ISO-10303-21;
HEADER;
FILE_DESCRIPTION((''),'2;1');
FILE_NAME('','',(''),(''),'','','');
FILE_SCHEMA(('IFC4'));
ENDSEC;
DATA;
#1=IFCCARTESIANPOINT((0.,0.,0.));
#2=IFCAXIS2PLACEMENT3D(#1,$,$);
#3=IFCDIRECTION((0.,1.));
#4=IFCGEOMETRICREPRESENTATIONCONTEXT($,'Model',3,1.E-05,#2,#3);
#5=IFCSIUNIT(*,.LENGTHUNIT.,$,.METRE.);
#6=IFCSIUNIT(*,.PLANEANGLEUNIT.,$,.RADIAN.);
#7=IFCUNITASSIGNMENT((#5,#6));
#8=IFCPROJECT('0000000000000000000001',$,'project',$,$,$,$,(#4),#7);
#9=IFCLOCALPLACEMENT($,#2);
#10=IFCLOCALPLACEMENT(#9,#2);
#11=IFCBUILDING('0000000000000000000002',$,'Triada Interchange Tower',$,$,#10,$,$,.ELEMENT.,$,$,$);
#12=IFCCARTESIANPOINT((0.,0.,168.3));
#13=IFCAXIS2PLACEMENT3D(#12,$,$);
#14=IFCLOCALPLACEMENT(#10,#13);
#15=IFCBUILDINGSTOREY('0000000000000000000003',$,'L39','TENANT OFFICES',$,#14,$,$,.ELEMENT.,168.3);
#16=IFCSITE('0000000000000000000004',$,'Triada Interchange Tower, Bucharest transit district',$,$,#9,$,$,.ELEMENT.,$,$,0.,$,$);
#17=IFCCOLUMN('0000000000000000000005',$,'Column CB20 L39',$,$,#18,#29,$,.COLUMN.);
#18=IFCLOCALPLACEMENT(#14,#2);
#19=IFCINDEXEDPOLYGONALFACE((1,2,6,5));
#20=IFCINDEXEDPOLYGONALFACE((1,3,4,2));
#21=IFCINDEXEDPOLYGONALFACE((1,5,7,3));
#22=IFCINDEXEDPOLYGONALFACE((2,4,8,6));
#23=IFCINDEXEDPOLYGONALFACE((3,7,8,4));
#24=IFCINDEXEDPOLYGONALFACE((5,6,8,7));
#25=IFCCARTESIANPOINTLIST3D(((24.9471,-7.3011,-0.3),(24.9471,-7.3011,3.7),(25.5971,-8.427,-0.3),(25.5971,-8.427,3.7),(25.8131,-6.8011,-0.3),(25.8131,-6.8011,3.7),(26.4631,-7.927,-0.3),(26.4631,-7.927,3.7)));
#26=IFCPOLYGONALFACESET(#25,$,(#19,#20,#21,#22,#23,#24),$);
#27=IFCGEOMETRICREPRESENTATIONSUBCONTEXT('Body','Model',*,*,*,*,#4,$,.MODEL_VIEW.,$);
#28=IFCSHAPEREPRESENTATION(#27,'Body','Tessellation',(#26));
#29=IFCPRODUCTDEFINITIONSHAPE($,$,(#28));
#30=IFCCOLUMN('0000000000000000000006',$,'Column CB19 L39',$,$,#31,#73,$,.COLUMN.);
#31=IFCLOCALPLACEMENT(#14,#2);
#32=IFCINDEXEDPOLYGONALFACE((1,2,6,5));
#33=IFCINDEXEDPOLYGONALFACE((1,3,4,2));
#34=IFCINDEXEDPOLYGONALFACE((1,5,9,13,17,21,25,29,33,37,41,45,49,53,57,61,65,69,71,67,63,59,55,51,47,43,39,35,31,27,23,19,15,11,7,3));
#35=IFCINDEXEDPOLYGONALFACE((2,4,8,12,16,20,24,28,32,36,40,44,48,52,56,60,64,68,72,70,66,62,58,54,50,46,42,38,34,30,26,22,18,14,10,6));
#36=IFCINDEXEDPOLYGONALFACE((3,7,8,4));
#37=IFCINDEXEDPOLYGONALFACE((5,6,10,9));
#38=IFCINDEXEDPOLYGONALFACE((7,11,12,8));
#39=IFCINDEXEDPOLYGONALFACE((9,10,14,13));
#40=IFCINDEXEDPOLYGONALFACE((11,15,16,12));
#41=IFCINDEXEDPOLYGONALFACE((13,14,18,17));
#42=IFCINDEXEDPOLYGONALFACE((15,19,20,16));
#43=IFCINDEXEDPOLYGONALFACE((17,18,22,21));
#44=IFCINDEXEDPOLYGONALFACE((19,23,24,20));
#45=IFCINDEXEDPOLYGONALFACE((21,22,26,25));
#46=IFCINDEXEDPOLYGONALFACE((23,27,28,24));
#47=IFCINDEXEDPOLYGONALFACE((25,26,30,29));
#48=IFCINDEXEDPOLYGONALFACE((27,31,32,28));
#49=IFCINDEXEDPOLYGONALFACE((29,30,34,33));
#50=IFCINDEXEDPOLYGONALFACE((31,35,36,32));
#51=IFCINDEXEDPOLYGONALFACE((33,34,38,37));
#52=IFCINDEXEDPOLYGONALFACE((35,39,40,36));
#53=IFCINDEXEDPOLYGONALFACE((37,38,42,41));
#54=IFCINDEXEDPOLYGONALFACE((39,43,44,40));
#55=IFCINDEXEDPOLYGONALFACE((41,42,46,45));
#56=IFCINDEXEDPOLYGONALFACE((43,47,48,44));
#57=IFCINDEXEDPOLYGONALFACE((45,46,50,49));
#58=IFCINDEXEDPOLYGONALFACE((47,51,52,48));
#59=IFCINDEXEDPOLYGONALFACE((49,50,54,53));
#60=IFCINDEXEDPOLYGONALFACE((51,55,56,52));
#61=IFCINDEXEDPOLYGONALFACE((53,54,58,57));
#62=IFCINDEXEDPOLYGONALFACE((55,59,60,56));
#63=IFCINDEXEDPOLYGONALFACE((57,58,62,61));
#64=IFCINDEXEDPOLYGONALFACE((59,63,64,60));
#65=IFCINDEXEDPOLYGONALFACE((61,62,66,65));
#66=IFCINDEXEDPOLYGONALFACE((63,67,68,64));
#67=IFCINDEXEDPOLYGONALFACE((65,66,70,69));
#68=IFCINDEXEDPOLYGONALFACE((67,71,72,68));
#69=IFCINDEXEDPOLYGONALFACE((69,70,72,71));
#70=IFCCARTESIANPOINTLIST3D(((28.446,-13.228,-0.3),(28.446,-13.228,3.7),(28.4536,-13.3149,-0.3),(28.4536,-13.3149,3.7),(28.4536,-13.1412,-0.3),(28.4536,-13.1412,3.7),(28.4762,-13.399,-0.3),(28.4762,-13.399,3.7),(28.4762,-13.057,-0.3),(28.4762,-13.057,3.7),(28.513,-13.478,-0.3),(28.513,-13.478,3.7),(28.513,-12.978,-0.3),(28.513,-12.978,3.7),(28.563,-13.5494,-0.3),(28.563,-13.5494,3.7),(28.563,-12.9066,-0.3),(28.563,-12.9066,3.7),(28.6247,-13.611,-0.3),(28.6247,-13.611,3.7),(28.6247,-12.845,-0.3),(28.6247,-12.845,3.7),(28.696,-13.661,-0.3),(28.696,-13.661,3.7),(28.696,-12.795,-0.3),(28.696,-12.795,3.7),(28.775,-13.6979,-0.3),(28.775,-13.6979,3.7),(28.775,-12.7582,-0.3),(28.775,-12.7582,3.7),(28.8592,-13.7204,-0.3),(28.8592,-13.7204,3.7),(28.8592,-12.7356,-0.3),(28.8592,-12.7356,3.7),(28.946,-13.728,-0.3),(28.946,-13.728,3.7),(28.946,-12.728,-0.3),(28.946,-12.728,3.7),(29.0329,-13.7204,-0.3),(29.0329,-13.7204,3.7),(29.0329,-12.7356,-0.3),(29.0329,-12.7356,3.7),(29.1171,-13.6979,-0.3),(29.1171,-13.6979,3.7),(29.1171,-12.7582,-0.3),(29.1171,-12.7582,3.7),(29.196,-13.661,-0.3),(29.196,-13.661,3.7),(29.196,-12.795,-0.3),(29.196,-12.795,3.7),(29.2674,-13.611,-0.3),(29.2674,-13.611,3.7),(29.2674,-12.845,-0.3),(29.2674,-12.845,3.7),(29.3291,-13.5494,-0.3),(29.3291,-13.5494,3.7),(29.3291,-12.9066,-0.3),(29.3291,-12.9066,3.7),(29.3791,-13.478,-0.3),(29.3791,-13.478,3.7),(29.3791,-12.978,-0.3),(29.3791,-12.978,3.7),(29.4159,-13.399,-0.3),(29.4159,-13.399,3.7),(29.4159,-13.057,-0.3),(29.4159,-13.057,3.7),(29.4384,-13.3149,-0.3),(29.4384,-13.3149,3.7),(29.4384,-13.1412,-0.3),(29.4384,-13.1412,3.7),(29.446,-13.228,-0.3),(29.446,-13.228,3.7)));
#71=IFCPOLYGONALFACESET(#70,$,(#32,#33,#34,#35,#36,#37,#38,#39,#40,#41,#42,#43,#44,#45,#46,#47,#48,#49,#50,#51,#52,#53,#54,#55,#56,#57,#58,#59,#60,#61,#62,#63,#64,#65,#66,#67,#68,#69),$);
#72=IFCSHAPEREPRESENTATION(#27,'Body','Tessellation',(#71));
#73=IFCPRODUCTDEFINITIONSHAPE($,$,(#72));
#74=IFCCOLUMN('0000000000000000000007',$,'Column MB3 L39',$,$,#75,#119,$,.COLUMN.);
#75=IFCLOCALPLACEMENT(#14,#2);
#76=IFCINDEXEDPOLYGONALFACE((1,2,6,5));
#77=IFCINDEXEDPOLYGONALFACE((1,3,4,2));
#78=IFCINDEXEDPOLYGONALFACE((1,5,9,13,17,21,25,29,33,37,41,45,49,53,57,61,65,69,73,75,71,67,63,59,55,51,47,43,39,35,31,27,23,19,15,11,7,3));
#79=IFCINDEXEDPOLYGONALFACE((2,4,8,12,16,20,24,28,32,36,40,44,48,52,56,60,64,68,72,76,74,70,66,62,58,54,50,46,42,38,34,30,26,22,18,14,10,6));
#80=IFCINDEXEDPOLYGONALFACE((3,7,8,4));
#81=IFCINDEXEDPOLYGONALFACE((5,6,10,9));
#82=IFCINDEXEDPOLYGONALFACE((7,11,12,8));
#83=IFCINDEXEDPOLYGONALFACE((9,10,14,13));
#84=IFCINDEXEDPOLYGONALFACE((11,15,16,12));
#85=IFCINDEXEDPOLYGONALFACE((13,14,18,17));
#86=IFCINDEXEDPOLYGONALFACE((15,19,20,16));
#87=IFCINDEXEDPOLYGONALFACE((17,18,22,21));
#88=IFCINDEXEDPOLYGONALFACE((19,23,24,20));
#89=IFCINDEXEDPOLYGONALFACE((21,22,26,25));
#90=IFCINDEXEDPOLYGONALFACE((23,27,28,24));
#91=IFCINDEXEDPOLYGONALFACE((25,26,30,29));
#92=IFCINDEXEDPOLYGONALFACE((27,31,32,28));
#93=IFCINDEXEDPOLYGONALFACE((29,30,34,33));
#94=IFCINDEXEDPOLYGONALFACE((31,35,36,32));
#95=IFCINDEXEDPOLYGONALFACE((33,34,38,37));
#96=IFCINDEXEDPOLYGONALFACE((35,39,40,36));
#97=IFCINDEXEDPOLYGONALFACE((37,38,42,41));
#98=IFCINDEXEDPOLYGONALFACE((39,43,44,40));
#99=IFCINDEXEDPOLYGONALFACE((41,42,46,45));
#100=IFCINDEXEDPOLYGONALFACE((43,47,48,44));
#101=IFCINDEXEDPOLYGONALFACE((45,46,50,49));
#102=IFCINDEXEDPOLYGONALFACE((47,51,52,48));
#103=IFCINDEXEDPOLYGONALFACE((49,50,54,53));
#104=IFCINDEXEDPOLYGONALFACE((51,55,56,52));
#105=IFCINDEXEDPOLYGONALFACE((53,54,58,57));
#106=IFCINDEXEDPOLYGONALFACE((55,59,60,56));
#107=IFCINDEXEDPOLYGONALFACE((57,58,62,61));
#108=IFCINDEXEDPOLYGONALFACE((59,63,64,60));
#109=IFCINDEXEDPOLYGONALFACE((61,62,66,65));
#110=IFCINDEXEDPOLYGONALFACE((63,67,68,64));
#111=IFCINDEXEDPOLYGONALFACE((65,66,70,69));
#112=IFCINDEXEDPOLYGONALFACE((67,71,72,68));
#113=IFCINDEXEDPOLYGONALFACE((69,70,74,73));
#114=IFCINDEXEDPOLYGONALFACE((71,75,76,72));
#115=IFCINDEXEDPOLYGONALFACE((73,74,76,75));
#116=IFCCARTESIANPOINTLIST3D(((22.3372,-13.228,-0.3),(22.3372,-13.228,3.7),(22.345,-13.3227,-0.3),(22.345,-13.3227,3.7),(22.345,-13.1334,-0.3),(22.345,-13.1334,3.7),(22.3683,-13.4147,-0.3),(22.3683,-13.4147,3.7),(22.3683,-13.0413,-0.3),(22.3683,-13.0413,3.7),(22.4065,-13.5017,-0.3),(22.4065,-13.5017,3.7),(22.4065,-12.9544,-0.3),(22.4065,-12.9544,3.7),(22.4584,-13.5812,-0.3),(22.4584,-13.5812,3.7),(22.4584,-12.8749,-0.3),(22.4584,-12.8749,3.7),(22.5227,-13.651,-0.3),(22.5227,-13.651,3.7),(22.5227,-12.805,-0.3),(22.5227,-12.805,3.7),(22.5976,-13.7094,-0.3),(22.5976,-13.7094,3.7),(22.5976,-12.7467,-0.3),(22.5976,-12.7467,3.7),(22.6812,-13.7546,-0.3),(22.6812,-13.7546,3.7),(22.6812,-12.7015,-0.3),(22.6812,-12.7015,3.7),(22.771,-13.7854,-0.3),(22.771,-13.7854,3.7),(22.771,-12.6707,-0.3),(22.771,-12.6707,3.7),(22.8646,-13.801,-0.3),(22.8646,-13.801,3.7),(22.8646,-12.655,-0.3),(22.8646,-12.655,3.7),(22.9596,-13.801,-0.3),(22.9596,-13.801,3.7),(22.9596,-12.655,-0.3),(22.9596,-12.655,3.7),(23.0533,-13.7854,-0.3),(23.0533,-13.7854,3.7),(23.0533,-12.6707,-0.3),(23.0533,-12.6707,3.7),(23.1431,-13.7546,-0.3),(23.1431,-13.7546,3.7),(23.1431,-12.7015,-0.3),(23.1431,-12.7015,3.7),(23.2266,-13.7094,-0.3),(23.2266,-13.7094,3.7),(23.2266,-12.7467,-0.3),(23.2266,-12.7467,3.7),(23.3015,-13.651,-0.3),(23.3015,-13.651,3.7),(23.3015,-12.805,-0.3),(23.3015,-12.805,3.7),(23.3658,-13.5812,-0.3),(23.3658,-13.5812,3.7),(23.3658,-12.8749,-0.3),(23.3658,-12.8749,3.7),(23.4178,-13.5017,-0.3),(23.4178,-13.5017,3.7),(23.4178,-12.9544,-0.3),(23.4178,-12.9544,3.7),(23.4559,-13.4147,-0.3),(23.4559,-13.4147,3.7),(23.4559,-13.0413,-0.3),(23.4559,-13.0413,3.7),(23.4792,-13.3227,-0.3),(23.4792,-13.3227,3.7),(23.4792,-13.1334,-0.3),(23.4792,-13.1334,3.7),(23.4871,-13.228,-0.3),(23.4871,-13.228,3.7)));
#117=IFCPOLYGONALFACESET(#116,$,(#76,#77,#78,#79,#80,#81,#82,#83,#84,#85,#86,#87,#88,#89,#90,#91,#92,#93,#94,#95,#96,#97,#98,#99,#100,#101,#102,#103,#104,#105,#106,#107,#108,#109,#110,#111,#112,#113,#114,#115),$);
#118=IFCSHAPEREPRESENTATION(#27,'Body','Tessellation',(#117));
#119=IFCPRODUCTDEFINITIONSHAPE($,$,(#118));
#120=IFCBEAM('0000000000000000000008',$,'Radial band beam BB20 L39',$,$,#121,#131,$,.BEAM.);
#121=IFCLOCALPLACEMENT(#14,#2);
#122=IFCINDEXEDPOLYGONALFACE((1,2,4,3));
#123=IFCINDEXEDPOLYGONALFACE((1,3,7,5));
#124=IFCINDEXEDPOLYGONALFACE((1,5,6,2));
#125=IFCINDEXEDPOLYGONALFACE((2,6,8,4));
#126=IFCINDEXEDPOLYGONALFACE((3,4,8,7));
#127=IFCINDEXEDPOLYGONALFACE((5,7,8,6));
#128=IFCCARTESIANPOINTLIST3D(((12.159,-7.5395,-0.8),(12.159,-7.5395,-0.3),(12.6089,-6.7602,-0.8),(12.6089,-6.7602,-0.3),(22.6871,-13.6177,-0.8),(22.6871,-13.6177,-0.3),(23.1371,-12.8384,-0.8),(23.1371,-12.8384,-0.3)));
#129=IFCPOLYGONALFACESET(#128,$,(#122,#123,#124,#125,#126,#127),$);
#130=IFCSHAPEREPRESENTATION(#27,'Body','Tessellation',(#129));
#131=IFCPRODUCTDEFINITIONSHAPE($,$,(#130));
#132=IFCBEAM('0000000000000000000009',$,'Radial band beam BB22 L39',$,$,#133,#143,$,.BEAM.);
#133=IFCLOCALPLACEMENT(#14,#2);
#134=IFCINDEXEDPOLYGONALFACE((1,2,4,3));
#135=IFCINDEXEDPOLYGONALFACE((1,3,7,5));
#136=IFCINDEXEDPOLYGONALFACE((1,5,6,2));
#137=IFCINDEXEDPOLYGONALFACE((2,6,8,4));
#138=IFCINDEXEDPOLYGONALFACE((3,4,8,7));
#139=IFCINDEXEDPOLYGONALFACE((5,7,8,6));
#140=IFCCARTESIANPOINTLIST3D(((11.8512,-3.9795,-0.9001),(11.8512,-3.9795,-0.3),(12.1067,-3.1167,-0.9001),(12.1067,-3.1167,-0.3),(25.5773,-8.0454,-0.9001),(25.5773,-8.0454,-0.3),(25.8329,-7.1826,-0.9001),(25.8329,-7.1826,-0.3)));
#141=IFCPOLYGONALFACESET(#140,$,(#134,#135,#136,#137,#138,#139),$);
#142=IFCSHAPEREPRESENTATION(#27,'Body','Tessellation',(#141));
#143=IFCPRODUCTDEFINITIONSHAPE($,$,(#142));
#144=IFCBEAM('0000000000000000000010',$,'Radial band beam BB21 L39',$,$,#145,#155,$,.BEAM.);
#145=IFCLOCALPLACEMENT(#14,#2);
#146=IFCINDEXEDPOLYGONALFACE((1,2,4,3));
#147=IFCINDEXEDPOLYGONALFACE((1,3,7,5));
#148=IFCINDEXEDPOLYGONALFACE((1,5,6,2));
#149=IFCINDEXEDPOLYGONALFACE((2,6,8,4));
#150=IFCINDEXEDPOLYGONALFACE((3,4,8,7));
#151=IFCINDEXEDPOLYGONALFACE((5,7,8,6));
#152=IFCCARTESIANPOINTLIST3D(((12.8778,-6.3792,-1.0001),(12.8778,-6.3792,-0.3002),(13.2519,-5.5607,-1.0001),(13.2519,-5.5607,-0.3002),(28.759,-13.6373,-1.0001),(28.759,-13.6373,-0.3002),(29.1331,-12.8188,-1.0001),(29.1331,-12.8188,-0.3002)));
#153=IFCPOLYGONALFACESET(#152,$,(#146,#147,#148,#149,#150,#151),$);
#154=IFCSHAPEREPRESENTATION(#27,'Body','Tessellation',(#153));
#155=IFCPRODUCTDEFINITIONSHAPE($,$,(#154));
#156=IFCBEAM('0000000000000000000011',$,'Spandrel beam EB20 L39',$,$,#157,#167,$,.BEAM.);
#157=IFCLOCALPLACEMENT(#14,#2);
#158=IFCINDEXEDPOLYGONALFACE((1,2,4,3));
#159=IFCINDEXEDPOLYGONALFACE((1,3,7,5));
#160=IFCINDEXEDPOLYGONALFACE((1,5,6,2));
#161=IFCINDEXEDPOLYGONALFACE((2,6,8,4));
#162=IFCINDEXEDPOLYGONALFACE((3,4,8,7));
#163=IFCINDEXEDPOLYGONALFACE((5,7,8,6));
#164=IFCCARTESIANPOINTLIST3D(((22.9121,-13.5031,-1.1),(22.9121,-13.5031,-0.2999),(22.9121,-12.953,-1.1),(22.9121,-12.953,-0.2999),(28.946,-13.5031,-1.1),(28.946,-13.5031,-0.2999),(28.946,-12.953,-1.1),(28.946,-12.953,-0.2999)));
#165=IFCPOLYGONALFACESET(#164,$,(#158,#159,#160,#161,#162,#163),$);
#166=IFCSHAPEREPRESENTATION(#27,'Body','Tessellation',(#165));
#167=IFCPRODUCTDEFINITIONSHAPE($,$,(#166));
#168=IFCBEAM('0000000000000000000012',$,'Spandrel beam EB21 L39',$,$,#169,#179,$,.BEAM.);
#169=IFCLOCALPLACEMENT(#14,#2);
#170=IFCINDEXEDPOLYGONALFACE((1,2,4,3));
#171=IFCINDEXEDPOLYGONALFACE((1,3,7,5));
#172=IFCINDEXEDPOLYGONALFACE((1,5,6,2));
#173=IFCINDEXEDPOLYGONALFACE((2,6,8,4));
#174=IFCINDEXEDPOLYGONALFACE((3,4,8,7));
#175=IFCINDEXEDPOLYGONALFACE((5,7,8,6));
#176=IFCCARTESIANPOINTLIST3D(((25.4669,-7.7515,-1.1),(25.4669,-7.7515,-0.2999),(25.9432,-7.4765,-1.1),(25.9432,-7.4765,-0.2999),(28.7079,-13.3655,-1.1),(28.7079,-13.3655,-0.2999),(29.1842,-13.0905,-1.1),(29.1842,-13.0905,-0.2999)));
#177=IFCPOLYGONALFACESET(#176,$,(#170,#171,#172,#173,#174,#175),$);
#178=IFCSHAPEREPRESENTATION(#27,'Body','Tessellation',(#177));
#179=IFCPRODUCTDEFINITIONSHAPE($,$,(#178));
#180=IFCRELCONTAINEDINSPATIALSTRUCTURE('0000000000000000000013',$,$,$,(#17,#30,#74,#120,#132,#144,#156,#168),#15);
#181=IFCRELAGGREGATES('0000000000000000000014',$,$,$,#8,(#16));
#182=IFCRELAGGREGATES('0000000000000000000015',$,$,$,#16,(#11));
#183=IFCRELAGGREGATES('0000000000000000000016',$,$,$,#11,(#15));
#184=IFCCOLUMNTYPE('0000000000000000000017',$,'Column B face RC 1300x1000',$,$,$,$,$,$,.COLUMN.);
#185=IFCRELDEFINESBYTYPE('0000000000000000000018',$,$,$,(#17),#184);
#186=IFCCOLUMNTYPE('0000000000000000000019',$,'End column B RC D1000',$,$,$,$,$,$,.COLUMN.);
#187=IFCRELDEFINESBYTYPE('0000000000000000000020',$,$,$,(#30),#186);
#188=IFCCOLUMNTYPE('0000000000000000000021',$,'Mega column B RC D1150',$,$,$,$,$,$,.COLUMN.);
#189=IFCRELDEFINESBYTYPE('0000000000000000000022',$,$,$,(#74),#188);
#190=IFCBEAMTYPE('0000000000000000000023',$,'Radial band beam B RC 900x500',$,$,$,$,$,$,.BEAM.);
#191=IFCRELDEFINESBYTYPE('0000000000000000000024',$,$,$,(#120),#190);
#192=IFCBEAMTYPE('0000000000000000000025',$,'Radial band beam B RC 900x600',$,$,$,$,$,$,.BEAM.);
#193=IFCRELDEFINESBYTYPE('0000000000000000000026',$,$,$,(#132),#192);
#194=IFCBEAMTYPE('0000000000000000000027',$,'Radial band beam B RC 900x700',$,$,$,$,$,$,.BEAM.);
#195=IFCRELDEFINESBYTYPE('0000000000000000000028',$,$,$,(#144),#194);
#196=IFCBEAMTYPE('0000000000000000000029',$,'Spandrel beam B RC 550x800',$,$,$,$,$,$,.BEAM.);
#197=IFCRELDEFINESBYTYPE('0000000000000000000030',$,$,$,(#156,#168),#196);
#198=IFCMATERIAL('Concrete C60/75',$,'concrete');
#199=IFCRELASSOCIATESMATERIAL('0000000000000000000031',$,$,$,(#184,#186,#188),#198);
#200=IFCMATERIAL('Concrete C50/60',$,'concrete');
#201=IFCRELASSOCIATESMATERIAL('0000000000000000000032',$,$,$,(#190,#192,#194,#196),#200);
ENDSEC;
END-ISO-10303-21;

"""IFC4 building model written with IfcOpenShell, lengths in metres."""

from ifc_helpers import new_model, si_unit, direction, frame, origin, origin_2d, place, context, subcontext, project, spatial, rectangle, circle, extrude, material, material_profile, profile_set, type_object, element, save


model = new_model("IFC4")

# Units and contexts
model_context = context("Model", 3, precision=1e-05, world=origin(), true_north=direction((0.0, 1.0)))
body_context = subcontext(model_context, "Body", "Model", "MODEL_VIEW")
ifc_project = project(units=[si_unit("LENGTHUNIT", "METRE"), si_unit("PLANEANGLEUNIT", "RADIAN")], contexts=[model_context])

# Site, building, storey
site_placement = place(None, origin())
site = spatial("IfcSite", under=ifc_project, at=site_placement, Name="Triada Interchange Tower, Bucharest transit district", CompositionType="ELEMENT", RefElevation=0.0)
building_placement = place(site_placement, origin())
building = spatial("IfcBuilding", under=site, at=building_placement, Name="Triada Interchange Tower", CompositionType="ELEMENT")
storey_placement = place(building_placement, frame((0.0, 0.0, 168.3)))
storey = spatial("IfcBuildingStorey", under=building, at=storey_placement, Name="L39", Description="TENANT OFFICES", CompositionType="ELEMENT", Elevation=168.3)

# Columns
ifc_material_1 = material(Name="Concrete C60/75", Category="concrete")
ifc_material_profile_1 = material_profile(ifc_material_1, rectangle(XDim=1.3, YDim=1.0, at=origin_2d()), Name="RC 1300x1000")
ifc_profile_set_1 = profile_set([ifc_material_profile_1], Name="Concrete C60/75")
column_type_1 = type_object("IfcColumnType", Name="Column B face RC 1300x1000", PredefinedType="COLUMN", material=ifc_profile_set_1)
column_1_placement = place(storey_placement, frame((25.7051, -7.614, -0.3), z_axis=(0.0, 0.0, 1.0), x_axis=(-0.5, 0.866025, 0.0)))
element("IfcColumn", 1, at=column_1_placement, inside=storey, type_object=column_type_1, Name="Column CB20 L39", PredefinedType="COLUMN", context=body_context, shape_type="SweptSolid", body=[
    extrude(rectangle(XDim=1.3, YDim=1.0, at=origin_2d()), origin(), (0.0, 0.0, 1.0), 4.0),
])
ifc_material_profile_2 = material_profile(ifc_material_1, circle(Radius=0.5, at=origin_2d()), Name="RC D1000")
ifc_profile_set_2 = profile_set([ifc_material_profile_2], Name="Concrete C60/75")
column_type_2 = type_object("IfcColumnType", Name="End column B RC D1000", PredefinedType="COLUMN", material=ifc_profile_set_2)
column_2_placement = place(storey_placement, frame((28.946, -13.228, -0.3), z_axis=(0.0, 0.0, 1.0), x_axis=(-0.5, 0.866025, 0.0)))
element("IfcColumn", 2, at=column_2_placement, inside=storey, type_object=column_type_2, Name="Column CB19 L39", PredefinedType="COLUMN", context=body_context, shape_type="SweptSolid", body=[
    extrude(circle(Radius=0.5, at=origin_2d()), origin(), (0.0, 0.0, 1.0), 4.0),
])
ifc_material_profile_3 = material_profile(ifc_material_1, circle(Radius=0.575, at=origin_2d()), Name="RC D1150")
ifc_profile_set_3 = profile_set([ifc_material_profile_3], Name="Concrete C60/75")
column_type_3 = type_object("IfcColumnType", Name="Mega column B RC D1150", PredefinedType="COLUMN", material=ifc_profile_set_3)
column_3_placement = place(storey_placement, frame((22.9121, -13.228, -0.3), z_axis=(0.0, 0.0, 1.0), x_axis=(1.0, 0.0, 0.0)))
element("IfcColumn", 3, at=column_3_placement, inside=storey, type_object=column_type_3, Name="Column MB3 L39", PredefinedType="COLUMN", context=body_context, shape_type="SweptSolid", body=[
    extrude(circle(Radius=0.575, at=origin_2d()), origin(), (0.0, 0.0, 1.0), 4.0),
])

# Beams
ifc_material_2 = material(Name="Concrete C50/60", Category="concrete")
ifc_material_profile_4 = material_profile(ifc_material_2, rectangle(XDim=0.8999, YDim=0.5, at=origin_2d()), Name="RC 900x500")
ifc_profile_set_4 = profile_set([ifc_material_profile_4], Name="Concrete C50/60")
beam_type_1 = type_object("IfcBeamType", Name="Radial band beam B RC 900x500", PredefinedType="BEAM", material=ifc_profile_set_4)
beam_1_placement = place(storey_placement, frame((22.9121, -13.228, -0.55), z_axis=(-0.866035, 0.499984, 0.0), x_axis=(-0.499984, -0.866035, 0.0)))
element("IfcBeam", 4, at=beam_1_placement, inside=storey, type_object=beam_type_1, Name="Radial band beam BB20 L39", PredefinedType="BEAM", context=body_context, shape_type="SweptSolid", body=[
    extrude(rectangle(XDim=0.8999, YDim=0.5, at=origin_2d()), origin(), (0.0, 0.0, 1.0), 12.1567),
])
ifc_material_profile_5 = material_profile(ifc_material_2, rectangle(XDim=0.8999, YDim=0.6001, at=origin_2d()), Name="RC 900x600")
ifc_profile_set_5 = profile_set([ifc_material_profile_5], Name="Concrete C50/60")
beam_type_2 = type_object("IfcBeamType", Name="Radial band beam B RC 900x600", PredefinedType="BEAM", material=ifc_profile_set_5)
beam_2_placement = place(storey_placement, frame((25.7051, -7.614, -0.6001), z_axis=(-0.958818, 0.28402, 0.0), x_axis=(-0.28402, -0.958818, 0.0)))
element("IfcBeam", 5, at=beam_2_placement, inside=storey, type_object=beam_type_2, Name="Radial band beam BB22 L39", PredefinedType="BEAM", context=body_context, shape_type="SweptSolid", body=[
    extrude(rectangle(XDim=0.8999, YDim=0.6001, at=origin_2d()), origin(), (0.0, 0.0, 1.0), 14.3157),
])
ifc_material_profile_6 = material_profile(ifc_material_2, rectangle(XDim=0.8999, YDim=0.7, at=origin_2d()), Name="RC 900x700")
ifc_profile_set_6 = profile_set([ifc_material_profile_6], Name="Concrete C50/60")
beam_type_3 = type_object("IfcBeamType", Name="Radial band beam B RC 900x700", PredefinedType="BEAM", material=ifc_profile_set_6)
beam_3_placement = place(storey_placement, frame((28.946, -13.228, -0.6501), z_axis=(-0.909515, 0.415671, 0.0), x_axis=(-0.415671, -0.909515, 0.0)))
element("IfcBeam", 6, at=beam_3_placement, inside=storey, type_object=beam_type_3, Name="Radial band beam BB21 L39", PredefinedType="BEAM", context=body_context, shape_type="SweptSolid", body=[
    extrude(rectangle(XDim=0.8999, YDim=0.7, at=origin_2d()), origin(), (0.0, 0.0, 1.0), 17.4612),
])
ifc_material_profile_7 = material_profile(ifc_material_2, rectangle(XDim=0.55, YDim=0.8, at=origin_2d()), Name="RC 550x800")
ifc_profile_set_7 = profile_set([ifc_material_profile_7], Name="Concrete C50/60")
beam_type_4 = type_object("IfcBeamType", Name="Spandrel beam B RC 550x800", PredefinedType="BEAM", material=ifc_profile_set_7)
beam_4_placement = place(storey_placement, frame((22.9121, -13.228, -0.7), z_axis=(1.0, 0.0, 0.0), x_axis=(0.0, 1.0, 0.0)))
element("IfcBeam", 7, at=beam_4_placement, inside=storey, type_object=beam_type_4, Name="Spandrel beam EB20 L39", PredefinedType="BEAM", context=body_context, shape_type="SweptSolid", body=[
    extrude(rectangle(XDim=0.55, YDim=0.8, at=origin_2d()), origin(), (0.0, 0.0, 1.0), 6.0339),
])
beam_5_placement = place(storey_placement, frame((28.946, -13.228, -0.7), z_axis=(-0.499967, 0.866044, 0.0), x_axis=(-0.866044, -0.499967, 0.0)))
element("IfcBeam", 8, at=beam_5_placement, inside=storey, type_object=beam_type_4, Name="Spandrel beam EB21 L39", PredefinedType="BEAM", context=body_context, shape_type="SweptSolid", body=[
    extrude(rectangle(XDim=0.55, YDim=0.8, at=origin_2d()), origin(), (0.0, 0.0, 1.0), 6.4824),
])

save(model, "model.ifc")
